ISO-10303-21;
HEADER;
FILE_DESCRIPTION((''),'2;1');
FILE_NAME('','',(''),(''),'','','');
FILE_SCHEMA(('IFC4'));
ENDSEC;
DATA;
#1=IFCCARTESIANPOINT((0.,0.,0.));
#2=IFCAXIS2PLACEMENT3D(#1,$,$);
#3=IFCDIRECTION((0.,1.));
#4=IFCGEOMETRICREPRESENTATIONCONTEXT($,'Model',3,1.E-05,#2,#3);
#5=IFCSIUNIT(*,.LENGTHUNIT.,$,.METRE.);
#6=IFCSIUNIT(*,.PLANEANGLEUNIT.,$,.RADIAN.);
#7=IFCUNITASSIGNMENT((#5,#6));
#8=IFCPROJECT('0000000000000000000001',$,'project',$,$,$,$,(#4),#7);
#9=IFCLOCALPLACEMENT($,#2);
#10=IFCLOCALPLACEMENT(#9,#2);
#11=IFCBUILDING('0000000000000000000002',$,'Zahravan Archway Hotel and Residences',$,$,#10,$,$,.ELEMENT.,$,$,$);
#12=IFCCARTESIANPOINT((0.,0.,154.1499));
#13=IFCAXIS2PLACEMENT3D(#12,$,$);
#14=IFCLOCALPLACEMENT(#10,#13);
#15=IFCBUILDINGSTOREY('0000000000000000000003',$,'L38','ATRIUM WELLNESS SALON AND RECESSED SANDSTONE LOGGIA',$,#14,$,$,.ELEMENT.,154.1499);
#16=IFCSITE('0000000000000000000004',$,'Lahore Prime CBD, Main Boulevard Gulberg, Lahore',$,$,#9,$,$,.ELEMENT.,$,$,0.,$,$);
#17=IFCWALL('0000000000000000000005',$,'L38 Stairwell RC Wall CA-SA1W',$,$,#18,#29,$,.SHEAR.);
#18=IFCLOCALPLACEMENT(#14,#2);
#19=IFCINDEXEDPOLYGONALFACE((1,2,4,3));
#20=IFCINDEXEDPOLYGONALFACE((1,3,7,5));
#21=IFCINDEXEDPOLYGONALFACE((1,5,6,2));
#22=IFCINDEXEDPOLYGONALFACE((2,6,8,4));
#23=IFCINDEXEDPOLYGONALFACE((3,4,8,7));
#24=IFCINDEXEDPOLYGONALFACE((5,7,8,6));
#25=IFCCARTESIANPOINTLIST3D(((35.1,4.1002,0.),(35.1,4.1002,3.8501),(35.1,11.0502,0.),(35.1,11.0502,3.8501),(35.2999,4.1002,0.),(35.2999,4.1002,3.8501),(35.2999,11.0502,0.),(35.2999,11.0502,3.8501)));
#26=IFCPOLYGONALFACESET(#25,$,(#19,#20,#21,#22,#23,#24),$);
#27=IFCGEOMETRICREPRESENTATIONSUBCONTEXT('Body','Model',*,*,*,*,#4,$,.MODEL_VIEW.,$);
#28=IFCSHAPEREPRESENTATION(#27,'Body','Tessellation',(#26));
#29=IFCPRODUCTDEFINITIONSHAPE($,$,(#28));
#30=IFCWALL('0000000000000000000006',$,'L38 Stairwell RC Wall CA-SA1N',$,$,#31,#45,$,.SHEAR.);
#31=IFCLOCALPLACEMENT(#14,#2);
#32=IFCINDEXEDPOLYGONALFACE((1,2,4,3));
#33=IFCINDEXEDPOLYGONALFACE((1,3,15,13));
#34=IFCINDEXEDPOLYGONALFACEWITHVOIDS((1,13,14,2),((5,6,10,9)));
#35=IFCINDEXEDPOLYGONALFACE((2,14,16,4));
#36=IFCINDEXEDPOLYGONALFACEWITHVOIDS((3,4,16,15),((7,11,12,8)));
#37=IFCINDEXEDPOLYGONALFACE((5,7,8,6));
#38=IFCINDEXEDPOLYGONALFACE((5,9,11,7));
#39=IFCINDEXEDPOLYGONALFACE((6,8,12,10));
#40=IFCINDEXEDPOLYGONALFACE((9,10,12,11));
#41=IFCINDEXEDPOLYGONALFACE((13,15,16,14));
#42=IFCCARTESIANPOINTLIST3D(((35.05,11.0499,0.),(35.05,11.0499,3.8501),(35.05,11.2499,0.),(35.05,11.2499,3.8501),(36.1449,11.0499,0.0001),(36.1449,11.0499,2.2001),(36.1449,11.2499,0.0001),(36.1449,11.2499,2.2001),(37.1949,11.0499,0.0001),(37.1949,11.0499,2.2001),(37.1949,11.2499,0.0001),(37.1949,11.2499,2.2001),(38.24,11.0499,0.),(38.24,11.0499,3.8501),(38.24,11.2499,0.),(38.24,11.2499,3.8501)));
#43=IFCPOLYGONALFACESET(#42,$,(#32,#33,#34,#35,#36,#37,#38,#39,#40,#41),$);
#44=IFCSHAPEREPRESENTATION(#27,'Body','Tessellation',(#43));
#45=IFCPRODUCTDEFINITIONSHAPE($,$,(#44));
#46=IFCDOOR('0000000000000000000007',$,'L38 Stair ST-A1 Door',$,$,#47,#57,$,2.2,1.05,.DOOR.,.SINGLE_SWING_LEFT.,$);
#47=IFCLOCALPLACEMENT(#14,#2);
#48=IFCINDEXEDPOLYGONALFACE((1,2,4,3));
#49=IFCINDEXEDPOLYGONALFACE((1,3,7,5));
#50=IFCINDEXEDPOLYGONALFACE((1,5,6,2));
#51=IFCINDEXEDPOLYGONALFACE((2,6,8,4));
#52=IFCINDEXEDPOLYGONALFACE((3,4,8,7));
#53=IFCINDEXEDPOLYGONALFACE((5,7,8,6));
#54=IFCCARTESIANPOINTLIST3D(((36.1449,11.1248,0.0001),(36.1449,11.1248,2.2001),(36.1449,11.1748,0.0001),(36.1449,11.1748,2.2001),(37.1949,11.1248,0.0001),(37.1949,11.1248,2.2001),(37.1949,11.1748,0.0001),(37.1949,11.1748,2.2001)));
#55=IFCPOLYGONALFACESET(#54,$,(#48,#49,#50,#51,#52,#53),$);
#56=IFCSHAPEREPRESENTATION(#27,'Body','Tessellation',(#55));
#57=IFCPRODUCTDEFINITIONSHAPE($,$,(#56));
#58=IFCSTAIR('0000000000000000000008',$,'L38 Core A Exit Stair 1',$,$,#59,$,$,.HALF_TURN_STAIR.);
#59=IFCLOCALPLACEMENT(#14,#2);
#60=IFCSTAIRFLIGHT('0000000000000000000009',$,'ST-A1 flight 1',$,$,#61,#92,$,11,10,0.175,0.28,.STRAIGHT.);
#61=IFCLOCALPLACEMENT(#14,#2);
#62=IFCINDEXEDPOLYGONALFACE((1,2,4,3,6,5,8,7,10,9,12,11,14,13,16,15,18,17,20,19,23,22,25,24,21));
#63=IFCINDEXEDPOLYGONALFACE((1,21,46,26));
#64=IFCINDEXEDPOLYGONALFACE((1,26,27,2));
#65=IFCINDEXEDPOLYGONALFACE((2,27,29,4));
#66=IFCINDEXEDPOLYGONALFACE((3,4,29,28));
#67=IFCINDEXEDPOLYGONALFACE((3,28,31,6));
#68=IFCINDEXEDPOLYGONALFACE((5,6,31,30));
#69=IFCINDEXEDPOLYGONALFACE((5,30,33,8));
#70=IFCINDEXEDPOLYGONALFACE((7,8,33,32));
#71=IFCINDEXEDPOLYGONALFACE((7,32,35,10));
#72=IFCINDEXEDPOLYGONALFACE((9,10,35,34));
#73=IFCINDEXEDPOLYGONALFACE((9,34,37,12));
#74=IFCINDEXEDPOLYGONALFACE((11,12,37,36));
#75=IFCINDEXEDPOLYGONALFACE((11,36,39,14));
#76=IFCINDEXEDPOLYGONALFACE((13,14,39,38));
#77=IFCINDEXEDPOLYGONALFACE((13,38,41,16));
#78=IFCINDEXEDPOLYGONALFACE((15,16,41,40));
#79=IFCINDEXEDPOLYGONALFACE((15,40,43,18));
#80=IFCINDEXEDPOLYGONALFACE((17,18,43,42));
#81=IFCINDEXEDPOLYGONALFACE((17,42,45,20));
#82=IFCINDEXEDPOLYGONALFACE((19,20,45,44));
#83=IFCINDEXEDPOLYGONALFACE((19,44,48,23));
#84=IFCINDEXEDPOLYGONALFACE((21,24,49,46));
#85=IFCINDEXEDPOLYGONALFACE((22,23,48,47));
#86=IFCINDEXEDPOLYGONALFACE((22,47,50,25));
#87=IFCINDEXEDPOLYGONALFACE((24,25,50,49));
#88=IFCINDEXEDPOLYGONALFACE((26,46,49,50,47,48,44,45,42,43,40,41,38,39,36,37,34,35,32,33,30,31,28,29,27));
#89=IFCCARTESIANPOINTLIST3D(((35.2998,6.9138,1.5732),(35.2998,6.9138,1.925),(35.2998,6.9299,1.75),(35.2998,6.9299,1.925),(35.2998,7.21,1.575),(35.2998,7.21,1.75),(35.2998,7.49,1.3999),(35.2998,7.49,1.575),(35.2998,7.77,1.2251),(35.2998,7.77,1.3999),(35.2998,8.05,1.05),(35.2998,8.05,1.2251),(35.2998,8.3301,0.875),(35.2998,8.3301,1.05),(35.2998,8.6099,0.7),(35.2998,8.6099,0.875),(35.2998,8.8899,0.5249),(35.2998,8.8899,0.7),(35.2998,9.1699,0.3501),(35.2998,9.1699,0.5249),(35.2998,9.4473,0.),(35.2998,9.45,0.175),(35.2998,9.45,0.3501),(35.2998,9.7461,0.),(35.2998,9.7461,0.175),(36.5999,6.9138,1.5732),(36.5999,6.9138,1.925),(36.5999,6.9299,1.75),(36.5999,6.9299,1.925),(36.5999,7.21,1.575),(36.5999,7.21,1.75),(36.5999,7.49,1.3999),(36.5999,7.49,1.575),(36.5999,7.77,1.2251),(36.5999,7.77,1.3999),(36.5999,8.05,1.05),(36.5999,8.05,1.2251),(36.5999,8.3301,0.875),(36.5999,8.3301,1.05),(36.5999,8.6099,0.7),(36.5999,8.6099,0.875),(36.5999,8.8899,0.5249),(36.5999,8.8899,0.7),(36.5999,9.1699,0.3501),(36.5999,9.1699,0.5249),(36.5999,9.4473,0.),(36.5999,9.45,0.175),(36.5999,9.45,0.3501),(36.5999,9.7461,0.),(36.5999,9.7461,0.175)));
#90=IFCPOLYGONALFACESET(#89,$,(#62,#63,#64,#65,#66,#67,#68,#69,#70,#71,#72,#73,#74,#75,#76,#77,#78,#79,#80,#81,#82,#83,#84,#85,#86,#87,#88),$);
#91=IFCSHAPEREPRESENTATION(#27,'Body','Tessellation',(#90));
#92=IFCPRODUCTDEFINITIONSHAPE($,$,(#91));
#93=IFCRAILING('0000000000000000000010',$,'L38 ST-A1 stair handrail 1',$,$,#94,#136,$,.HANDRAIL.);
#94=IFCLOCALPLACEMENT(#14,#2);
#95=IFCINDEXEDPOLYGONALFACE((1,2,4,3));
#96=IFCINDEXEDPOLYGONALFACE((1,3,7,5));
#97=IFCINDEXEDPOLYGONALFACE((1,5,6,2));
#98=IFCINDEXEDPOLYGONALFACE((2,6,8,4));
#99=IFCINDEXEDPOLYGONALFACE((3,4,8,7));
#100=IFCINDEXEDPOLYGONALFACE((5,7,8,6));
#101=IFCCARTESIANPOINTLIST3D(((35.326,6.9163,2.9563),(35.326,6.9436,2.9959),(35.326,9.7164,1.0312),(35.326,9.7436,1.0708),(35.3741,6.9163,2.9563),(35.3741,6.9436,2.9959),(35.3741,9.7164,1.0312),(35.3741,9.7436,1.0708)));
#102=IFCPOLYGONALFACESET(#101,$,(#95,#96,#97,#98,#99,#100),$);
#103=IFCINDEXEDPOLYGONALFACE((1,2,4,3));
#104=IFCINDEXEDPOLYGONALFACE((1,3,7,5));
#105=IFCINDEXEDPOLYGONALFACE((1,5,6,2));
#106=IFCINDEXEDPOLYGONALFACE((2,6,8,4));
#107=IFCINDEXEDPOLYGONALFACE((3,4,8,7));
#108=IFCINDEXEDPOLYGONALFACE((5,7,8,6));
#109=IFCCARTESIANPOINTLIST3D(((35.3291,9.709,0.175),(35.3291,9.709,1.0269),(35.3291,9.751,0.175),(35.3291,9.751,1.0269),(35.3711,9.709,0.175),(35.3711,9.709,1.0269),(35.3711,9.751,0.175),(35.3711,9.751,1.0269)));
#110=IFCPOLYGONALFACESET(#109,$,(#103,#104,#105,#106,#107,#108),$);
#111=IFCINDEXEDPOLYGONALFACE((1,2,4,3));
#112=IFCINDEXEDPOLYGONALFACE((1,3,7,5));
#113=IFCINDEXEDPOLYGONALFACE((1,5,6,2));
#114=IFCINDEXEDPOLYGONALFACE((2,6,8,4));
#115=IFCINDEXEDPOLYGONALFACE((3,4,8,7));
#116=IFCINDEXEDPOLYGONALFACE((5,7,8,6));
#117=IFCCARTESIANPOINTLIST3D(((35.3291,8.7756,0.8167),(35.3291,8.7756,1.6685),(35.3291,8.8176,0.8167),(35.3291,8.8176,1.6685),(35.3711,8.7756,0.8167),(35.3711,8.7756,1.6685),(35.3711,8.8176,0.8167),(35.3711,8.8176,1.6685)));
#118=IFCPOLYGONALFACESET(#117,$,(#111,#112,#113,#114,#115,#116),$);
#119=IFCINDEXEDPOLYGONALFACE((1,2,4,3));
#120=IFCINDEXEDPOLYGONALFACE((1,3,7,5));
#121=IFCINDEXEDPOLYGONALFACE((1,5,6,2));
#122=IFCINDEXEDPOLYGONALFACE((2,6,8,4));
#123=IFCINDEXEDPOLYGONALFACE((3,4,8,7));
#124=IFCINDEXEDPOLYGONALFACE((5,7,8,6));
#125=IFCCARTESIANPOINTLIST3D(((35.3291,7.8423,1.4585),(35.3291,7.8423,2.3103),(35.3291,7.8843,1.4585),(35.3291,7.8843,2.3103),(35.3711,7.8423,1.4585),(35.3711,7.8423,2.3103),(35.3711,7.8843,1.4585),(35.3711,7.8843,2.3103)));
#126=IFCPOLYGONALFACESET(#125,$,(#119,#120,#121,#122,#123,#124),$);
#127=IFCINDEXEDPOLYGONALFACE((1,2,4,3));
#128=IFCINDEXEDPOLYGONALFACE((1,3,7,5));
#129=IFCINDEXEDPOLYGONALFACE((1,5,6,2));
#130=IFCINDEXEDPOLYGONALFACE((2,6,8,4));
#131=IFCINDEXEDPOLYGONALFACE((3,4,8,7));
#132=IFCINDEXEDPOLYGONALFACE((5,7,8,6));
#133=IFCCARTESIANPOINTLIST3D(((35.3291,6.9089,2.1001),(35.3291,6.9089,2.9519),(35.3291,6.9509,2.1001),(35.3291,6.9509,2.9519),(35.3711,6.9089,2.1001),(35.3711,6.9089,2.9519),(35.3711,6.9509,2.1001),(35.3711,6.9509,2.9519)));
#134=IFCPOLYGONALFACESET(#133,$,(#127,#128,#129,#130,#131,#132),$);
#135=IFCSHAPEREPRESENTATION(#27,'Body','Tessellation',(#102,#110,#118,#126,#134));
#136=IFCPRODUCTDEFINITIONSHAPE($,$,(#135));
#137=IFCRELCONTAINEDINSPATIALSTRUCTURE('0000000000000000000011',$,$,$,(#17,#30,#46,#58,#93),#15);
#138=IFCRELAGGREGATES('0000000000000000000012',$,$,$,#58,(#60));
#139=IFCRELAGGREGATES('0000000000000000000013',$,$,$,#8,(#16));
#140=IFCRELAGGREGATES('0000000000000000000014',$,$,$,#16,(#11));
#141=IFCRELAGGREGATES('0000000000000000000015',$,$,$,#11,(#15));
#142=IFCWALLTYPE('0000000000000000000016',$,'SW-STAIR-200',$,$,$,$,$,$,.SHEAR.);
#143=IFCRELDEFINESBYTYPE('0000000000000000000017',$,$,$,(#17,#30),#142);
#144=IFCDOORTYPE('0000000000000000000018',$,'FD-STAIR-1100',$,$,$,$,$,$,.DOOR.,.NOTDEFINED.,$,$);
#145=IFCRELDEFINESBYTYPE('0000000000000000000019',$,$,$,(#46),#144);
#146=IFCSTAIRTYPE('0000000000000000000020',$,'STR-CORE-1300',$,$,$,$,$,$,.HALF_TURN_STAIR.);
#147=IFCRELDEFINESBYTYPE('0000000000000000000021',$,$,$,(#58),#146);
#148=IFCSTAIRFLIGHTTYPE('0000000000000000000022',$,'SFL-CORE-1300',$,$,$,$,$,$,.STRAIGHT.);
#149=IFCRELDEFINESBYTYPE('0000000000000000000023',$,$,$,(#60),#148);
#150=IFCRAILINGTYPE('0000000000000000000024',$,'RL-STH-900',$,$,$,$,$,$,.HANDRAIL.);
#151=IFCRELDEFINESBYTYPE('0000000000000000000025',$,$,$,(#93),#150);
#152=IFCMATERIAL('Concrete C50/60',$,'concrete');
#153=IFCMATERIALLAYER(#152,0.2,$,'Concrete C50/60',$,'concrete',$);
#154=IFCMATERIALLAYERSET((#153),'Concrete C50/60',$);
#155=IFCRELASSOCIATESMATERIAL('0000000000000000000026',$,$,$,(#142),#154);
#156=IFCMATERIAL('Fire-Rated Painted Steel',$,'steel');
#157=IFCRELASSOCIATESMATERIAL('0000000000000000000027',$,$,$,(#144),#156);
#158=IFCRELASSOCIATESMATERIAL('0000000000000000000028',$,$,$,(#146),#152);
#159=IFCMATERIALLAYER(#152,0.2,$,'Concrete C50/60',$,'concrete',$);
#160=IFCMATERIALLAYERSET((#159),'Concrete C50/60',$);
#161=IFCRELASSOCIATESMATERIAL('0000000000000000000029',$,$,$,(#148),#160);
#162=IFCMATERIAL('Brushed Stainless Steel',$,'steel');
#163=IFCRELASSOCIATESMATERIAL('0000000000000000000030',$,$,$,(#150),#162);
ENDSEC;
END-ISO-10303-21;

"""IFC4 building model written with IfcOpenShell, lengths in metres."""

from ifc_helpers import new_model, si_unit, direction, frame, frame_2d, origin, origin_2d, place, context, subcontext, project, spatial, polyline, rectangle, outline, extrude, source, transform, mapped, material, layer, layer_set, type_object, type_shapes, element, fill, aggregate, save


model = new_model("IFC4")

# Units and contexts
model_context = context("Model", 3, precision=1e-05, world=origin(), true_north=direction((0.0, 1.0)))
body_context = subcontext(model_context, "Body", "Model", "MODEL_VIEW")
ifc_project = project(units=[si_unit("LENGTHUNIT", "METRE"), si_unit("PLANEANGLEUNIT", "RADIAN")], contexts=[model_context])

# Site, building, storey
site_placement = place(None, origin())
site = spatial("IfcSite", under=ifc_project, at=site_placement, Name="Lahore Prime CBD, Main Boulevard Gulberg, Lahore", CompositionType="ELEMENT", RefElevation=0.0)
building_placement = place(site_placement, origin())
building = spatial("IfcBuilding", under=site, at=building_placement, Name="Zahravan Archway Hotel and Residences", CompositionType="ELEMENT")
storey_placement = place(building_placement, frame((0.0, 0.0, 154.1499)))
storey = spatial("IfcBuildingStorey", under=building, at=storey_placement, Name="L38", Description="ATRIUM WELLNESS SALON AND RECESSED SANDSTONE LOGGIA", CompositionType="ELEMENT", Elevation=154.1499)

# Shared definitions
ifc_material_1 = material(Name="Fire-Rated Painted Steel", Category="steel")

# Wall
ifc_material_2 = material(Name="Concrete C50/60", Category="concrete")
ifc_layer_1 = layer(ifc_material_2, 0.2, Name="Concrete C50/60", Category="concrete")
ifc_layer_set_1 = layer_set([ifc_layer_1], Name="Concrete C50/60")
wall_type_1 = type_object("IfcWallType", Name="SW-STAIR-200", PredefinedType="SHEAR", material=ifc_layer_set_1)
wall_1_placement = place(storey_placement, frame((35.2, 4.1001, 0.0), z_axis=(0.0, 0.0, 1.0), x_axis=(0.0, 1.0, 0.0)))
element("IfcWall", 1, at=wall_1_placement, inside=storey, type_object=wall_type_1, Name="L38 Stairwell RC Wall CA-SA1W", PredefinedType="SHEAR", context=body_context, shape_type="SweptSolid", body=[
    extrude(rectangle(XDim=6.95, YDim=0.2, at=frame_2d((3.4751, 0.0))), origin(), (0.0, 0.0, 1.0), 3.8501),
])

# Wall, opening, door
wall_2_placement = place(storey_placement, frame((35.05, 11.1499, 0.0), z_axis=(0.0, 0.0, 1.0), x_axis=(1.0, 0.0, 0.0)))
wall_2 = element("IfcWall", 2, at=wall_2_placement, inside=storey, type_object=wall_type_1, Name="L38 Stairwell RC Wall CA-SA1N", PredefinedType="SHEAR", context=body_context, shape_type="SweptSolid", body=[
    extrude(rectangle(XDim=3.1899, YDim=0.2, at=frame_2d((1.595, 0.0))), origin(), (0.0, 0.0, 1.0), 3.8501),
])
opening_1_placement = place(wall_2_placement, frame((1.095, 0.0, 0.0)))
opening_1 = element("IfcOpeningElement", 3, at=opening_1_placement, cuts=wall_2, PredefinedType="OPENING", context=body_context, shape_type="SweptSolid", body=[
    extrude(rectangle(XDim=1.05, YDim=2.2, at=frame_2d((0.5249, 1.1001))), frame((0.0, 0.1099, 0.0), z_axis=(0.0, -1.0, 0.0), x_axis=(1.0, 0.0, 0.0)), (0.0, 0.0, 1.0), 0.22),
])
door_type_1 = type_object("IfcDoorType", Name="FD-STAIR-1100", OperationType="NOTDEFINED", PredefinedType="DOOR", material=ifc_material_1)
shared_shape_1 = source(origin(), body_context, "Body", "SweptSolid", [
    extrude(rectangle(XDim=1.05, YDim=2.2, at=frame_2d((0.5249, 1.1001))), frame((0.0, 0.0249, 0.0), z_axis=(0.0, -1.0, 0.0), x_axis=(1.0, 0.0, 0.0)), (0.0, 0.0, 1.0), 0.05),
])
type_shapes(door_type_1, [shared_shape_1])
door_1_placement = place(opening_1_placement, origin())
door_1 = element("IfcDoor", 4, at=door_1_placement, inside=storey, type_object=door_type_1, Name="L38 Stair ST-A1 Door", OperationType="SINGLE_SWING_LEFT", OverallHeight=2.2, OverallWidth=1.05, PredefinedType="DOOR", context=body_context, shape_type="MappedRepresentation", body=[
    mapped(shared_shape_1, transform((0.0, 0.0, 0.0), scale=1.0)),
])
fill(opening_1, door_1)

# Stair, stair flight
stair_type = type_object("IfcStairType", Name="STR-CORE-1300", PredefinedType="HALF_TURN_STAIR", material=ifc_material_2)
stair_placement = place(storey_placement, origin())
stair = element("IfcStair", 5, at=stair_placement, inside=storey, type_object=stair_type, Name="L38 Core A Exit Stair 1", PredefinedType="HALF_TURN_STAIR")
ifc_layer_2 = layer(ifc_material_2, 0.2, Name="Concrete C50/60", Category="concrete")
ifc_layer_set_2 = layer_set([ifc_layer_2], Name="Concrete C50/60")
stair_flight_type = type_object("IfcStairFlightType", Name="SFL-CORE-1300", PredefinedType="STRAIGHT", material=ifc_layer_set_2)
shared_shape_2 = source(origin(), body_context, "Body", "SweptSolid", [
    extrude(outline(polyline([(-0.0161, 0.0), (-0.0161, 0.175), (0.28, 0.175), (0.28, 0.3501), (0.5601, 0.3501), (0.5601, 0.5249), (0.8401, 0.5249), (0.8401, 0.7), (1.1201, 0.7), (1.1201, 0.875), (1.3999, 0.875), (1.3999, 1.05), (1.6799, 1.05), (1.6799, 1.2251), (1.96, 1.2251), (1.96, 1.3999), (2.24, 1.3999), (2.24, 1.575), (2.52, 1.575), (2.52, 1.75), (2.8, 1.75), (2.8, 1.925), (2.8162, 1.925), (2.8162, 1.5732), (0.2827, 0.0), (-0.0161, 0.0)])), frame((0.0, 0.6499, 0.0), z_axis=(0.0, -1.0, 0.0), x_axis=(1.0, 0.0, 0.0)), (0.0, 0.0, 1.0), 1.3),
])
stair_flight_placement = place(storey_placement, frame((35.95, 9.73, 0.0), z_axis=(0.0, 0.0, 1.0), x_axis=(0.0, -1.0, 0.0)))
stair_flight = element("IfcStairFlight", 6, at=stair_flight_placement, type_object=stair_flight_type, Name="ST-A1 flight 1", NumberOfRisers=11, NumberOfTreads=10, PredefinedType="STRAIGHT", RiserHeight=0.175, TreadLength=0.28, context=body_context, shape_type="MappedRepresentation", body=[
    mapped(shared_shape_2, transform((0.0, 0.0, 0.0), scale=1.0)),
])
aggregate(stair, [stair_flight])

# Railing
ifc_material_3 = material(Name="Brushed Stainless Steel", Category="steel")
railing_type = type_object("IfcRailingType", Name="RL-STH-900", PredefinedType="HANDRAIL", material=ifc_material_3)
railing_placement = place(storey_placement, frame((35.3501, 9.73, 0.175)))
element("IfcRailing", 7, at=railing_placement, inside=storey, type_object=railing_type, Name="L38 ST-A1 stair handrail 1", PredefinedType="HANDRAIL", context=body_context, shape_type="SweptSolid", body=[
    extrude(rectangle(XDim=0.0481, YDim=0.0481, at=origin_2d()), frame((0.0, 0.0, 0.876), z_axis=(0.0, -0.82404, 0.566532), x_axis=(1.0, 0.0, 0.0)), (0.0, 0.0, 1.0), 3.3979),
    extrude(rectangle(XDim=0.042, YDim=0.042, at=origin_2d()), origin(), (0.0, 0.0, 1.0), 0.8518),
    extrude(rectangle(XDim=0.042, YDim=0.042, at=origin_2d()), frame((0.0, -0.9333, 0.6416)), (0.0, 0.0, 1.0), 0.8518),
    extrude(rectangle(XDim=0.042, YDim=0.042, at=origin_2d()), frame((0.0, -1.8667, 1.2834)), (0.0, 0.0, 1.0), 0.8518),
    extrude(rectangle(XDim=0.042, YDim=0.042, at=origin_2d()), frame((0.0, -2.8, 1.925)), (0.0, 0.0, 1.0), 0.8518),
])

save(model, "model.ifc")
